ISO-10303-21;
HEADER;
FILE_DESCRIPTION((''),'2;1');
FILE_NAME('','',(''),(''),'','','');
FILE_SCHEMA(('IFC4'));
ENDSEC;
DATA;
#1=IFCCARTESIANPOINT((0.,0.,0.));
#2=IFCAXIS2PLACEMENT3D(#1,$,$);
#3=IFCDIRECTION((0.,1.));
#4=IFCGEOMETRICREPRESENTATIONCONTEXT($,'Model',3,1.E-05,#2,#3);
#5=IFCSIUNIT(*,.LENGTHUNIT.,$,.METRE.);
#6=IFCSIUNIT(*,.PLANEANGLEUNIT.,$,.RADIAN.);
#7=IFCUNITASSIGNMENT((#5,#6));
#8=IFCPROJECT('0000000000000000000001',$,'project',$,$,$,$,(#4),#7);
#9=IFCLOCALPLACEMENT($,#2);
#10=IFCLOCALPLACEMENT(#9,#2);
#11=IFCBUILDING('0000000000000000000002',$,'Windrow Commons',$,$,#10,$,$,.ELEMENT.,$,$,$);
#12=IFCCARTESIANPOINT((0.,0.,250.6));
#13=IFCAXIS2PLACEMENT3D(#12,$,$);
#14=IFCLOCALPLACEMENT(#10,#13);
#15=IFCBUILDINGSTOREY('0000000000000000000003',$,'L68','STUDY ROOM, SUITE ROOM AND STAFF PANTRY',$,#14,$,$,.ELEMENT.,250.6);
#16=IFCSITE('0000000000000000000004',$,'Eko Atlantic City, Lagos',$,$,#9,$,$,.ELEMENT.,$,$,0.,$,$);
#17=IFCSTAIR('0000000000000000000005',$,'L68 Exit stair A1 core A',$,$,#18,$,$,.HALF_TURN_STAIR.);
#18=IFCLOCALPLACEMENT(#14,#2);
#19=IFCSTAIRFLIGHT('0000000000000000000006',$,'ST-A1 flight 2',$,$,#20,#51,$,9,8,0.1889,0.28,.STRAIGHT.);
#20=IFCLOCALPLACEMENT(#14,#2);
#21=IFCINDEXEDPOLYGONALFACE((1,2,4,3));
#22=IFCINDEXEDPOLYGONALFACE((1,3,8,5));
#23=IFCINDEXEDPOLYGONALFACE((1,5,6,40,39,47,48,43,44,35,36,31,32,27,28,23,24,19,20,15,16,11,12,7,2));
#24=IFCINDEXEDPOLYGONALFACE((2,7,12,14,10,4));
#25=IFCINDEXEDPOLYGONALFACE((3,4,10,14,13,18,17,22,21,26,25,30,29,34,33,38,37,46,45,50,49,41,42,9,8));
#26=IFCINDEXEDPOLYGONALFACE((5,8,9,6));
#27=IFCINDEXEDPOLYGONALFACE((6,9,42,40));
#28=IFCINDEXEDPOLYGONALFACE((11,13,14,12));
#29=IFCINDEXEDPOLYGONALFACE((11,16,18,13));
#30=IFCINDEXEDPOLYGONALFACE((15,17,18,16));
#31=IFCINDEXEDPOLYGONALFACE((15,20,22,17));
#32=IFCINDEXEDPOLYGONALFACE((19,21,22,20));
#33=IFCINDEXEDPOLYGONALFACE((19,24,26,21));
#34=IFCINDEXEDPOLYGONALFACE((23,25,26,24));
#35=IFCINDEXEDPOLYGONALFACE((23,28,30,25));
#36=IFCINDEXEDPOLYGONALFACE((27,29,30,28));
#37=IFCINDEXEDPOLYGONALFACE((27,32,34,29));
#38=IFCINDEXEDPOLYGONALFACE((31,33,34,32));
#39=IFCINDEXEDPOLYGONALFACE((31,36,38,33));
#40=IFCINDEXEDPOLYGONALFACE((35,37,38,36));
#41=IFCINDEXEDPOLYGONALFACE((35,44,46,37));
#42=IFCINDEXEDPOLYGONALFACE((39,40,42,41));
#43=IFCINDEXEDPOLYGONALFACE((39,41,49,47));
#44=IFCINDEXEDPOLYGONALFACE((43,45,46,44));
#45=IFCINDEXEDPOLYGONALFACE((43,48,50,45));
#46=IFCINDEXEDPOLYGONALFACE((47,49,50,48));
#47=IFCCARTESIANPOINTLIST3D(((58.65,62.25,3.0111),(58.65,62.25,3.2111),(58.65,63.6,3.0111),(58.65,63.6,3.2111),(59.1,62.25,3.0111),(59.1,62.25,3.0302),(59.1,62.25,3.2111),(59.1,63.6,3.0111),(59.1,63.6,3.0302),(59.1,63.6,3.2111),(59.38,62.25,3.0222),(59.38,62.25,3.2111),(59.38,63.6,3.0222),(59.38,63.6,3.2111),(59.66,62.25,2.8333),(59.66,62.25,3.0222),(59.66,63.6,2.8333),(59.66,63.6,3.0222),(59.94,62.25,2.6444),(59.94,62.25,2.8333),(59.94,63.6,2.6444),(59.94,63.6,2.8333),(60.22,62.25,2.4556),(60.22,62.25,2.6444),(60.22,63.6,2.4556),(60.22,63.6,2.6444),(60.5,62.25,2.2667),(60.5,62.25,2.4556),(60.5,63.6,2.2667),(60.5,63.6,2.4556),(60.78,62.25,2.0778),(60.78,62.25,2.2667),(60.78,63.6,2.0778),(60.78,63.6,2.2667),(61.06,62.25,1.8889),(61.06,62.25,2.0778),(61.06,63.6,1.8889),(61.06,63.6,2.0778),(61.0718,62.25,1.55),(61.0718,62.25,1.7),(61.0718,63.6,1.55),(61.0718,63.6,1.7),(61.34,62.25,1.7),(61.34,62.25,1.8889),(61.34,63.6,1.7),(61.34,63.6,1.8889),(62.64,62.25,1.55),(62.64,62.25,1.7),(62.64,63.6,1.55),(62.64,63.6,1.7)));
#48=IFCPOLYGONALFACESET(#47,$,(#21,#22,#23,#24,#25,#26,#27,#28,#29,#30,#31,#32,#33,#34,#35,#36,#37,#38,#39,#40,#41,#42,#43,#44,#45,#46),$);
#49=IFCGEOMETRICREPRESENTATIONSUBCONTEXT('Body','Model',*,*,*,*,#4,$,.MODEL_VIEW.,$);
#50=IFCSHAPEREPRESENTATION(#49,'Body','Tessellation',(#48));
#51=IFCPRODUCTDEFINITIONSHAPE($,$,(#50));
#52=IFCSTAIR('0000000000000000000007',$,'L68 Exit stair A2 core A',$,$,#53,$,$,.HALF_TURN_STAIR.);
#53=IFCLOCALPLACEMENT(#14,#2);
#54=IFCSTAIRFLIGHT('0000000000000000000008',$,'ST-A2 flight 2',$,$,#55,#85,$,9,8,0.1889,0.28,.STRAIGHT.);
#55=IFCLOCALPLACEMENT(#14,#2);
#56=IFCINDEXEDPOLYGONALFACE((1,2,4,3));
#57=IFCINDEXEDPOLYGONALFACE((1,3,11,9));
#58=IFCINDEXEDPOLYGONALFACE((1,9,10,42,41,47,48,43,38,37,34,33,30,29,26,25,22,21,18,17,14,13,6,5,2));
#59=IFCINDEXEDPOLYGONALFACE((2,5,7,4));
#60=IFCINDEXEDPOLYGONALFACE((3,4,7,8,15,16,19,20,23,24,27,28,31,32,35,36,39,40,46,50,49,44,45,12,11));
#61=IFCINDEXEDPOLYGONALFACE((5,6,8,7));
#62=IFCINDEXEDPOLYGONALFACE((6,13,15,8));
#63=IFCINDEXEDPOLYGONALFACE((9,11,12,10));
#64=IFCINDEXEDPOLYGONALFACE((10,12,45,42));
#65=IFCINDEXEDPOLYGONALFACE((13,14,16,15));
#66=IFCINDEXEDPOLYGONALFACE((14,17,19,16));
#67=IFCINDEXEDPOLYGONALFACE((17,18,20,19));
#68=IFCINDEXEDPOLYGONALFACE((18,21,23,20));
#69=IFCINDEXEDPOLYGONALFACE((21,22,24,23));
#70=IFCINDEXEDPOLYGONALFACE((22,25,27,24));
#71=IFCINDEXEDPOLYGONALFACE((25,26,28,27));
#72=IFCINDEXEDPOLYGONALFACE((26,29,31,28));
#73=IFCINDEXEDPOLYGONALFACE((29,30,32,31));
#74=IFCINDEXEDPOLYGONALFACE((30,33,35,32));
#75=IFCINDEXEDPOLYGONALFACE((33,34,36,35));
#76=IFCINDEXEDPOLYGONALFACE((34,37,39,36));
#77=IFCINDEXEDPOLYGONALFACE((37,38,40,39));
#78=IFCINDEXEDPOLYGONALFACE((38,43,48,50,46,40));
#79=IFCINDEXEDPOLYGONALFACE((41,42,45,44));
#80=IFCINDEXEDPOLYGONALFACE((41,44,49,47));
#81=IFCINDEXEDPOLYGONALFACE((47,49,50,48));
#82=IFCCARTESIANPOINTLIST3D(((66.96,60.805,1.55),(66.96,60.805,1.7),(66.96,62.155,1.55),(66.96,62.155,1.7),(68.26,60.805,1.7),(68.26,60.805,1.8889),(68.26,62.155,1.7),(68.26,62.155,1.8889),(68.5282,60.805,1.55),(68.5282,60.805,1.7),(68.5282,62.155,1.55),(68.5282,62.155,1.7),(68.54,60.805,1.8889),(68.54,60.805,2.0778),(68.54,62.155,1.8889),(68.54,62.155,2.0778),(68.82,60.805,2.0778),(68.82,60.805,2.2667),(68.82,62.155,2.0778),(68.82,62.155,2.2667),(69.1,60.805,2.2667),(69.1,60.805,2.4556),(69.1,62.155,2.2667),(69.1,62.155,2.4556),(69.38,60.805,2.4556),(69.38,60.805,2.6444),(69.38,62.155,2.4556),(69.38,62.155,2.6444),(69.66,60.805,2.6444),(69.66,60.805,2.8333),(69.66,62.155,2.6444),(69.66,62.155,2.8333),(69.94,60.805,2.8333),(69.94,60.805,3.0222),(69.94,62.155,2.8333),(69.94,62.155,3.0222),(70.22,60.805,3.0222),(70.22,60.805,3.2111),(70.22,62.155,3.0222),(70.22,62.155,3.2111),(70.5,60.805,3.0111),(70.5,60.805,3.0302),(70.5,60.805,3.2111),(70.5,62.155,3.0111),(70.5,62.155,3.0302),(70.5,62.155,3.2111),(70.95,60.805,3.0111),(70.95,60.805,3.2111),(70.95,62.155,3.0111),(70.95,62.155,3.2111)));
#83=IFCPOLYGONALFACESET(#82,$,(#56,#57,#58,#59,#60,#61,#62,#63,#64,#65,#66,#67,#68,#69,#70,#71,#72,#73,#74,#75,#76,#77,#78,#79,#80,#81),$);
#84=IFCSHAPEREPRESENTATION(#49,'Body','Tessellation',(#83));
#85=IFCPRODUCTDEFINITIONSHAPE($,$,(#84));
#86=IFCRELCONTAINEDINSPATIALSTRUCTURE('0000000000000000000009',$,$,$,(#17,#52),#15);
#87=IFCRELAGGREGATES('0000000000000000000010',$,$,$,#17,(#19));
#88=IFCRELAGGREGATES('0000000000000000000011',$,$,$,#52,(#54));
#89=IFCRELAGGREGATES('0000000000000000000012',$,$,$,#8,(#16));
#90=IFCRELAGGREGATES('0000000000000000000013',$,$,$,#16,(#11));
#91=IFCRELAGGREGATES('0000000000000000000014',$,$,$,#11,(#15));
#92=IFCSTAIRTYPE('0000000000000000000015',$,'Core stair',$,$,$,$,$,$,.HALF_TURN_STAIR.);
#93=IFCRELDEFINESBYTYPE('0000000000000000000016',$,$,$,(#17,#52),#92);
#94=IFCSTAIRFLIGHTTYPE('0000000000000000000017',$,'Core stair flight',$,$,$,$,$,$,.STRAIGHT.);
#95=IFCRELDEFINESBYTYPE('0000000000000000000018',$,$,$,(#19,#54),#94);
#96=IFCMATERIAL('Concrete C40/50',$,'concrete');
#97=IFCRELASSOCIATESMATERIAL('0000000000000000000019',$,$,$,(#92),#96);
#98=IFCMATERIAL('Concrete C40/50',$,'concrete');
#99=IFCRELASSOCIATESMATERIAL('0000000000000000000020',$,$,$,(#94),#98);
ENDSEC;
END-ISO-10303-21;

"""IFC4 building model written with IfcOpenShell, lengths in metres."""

from ifc_helpers import new_model, si_unit, direction, frame, origin, place, context, subcontext, project, spatial, polyline, outline, extrude, material, type_object, element, aggregate, save


model = new_model("IFC4")

# Units and contexts
model_context = context("Model", 3, precision=1e-05, world=origin(), true_north=direction((0.0, 1.0)))
body_context = subcontext(model_context, "Body", "Model", "MODEL_VIEW")
ifc_project = project(units=[si_unit("LENGTHUNIT", "METRE"), si_unit("PLANEANGLEUNIT", "RADIAN")], contexts=[model_context])

# Site, building, storey
site_placement = place(None, origin())
site = spatial("IfcSite", under=ifc_project, at=site_placement, Name="Eko Atlantic City, Lagos", CompositionType="ELEMENT", RefElevation=0.0)
building_placement = place(site_placement, origin())
building = spatial("IfcBuilding", under=site, at=building_placement, Name="Windrow Commons", CompositionType="ELEMENT")
storey_placement = place(building_placement, frame((0.0, 0.0, 250.6)))
storey = spatial("IfcBuildingStorey", under=building, at=storey_placement, Name="L68", Description="STUDY ROOM, SUITE ROOM AND STAFF PANTRY", CompositionType="ELEMENT", Elevation=250.6)

# Stair, stair flight
ifc_material_1 = material(Name="Concrete C40/50", Category="concrete")
stair_type = type_object("IfcStairType", Name="Core stair", PredefinedType="HALF_TURN_STAIR", material=ifc_material_1)
placement = place(storey_placement, origin())
stair_1 = element("IfcStair", 1, at=placement, inside=storey, type_object=stair_type, Name="L68 Exit stair A1 core A", PredefinedType="HALF_TURN_STAIR")
ifc_material_2 = material(Name="Concrete C40/50", Category="concrete")
stair_flight_type = type_object("IfcStairFlightType", Name="Core stair flight", PredefinedType="STRAIGHT", material=ifc_material_2)
stair_flight_1_placement = place(storey_placement, frame((61.34, 62.925, 1.7), z_axis=(0.0, 0.0, 1.0), x_axis=(-1.0, 0.0, 0.0)))
stair_flight_1 = element("IfcStairFlight", 2, at=stair_flight_1_placement, type_object=stair_flight_type, Name="ST-A1 flight 2", NumberOfRisers=9, NumberOfTreads=8, PredefinedType="STRAIGHT", RiserHeight=0.1889, TreadLength=0.28, context=body_context, shape_type="SweptSolid", body=[
    extrude(outline(polyline([(-1.3, -0.15), (-1.3, 0.0), (0.0, 0.0), (0.0, 0.1889), (0.28, 0.1889), (0.28, 0.3778), (0.56, 0.3778), (0.56, 0.5667), (0.84, 0.5667), (0.84, 0.7556), (1.12, 0.7556), (1.12, 0.9444), (1.4, 0.9444), (1.4, 1.1333), (1.68, 1.1333), (1.68, 1.3222), (1.96, 1.3222), (1.96, 1.5111), (2.24, 1.5111), (2.69, 1.5111), (2.69, 1.3111), (2.24, 1.3111), (2.24, 1.3302), (0.2682, 0.0), (0.2682, -0.15), (-1.3, -0.15)])), frame((0.0, 0.675, 0.0), z_axis=(0.0, -1.0, 0.0), x_axis=(1.0, 0.0, 0.0)), (0.0, 0.0, 1.0), 1.35),
])
aggregate(stair_1, [stair_flight_1])

# Stair, stair flight
stair_2 = element("IfcStair", 3, at=placement, inside=storey, type_object=stair_type, Name="L68 Exit stair A2 core A", PredefinedType="HALF_TURN_STAIR")
stair_flight_2_placement = place(storey_placement, frame((68.26, 61.48, 1.7), z_axis=(0.0, 0.0, 1.0), x_axis=(1.0, 0.0, 0.0)))
stair_flight_2 = element("IfcStairFlight", 4, at=stair_flight_2_placement, type_object=stair_flight_type, Name="ST-A2 flight 2", NumberOfRisers=9, NumberOfTreads=8, PredefinedType="STRAIGHT", RiserHeight=0.1889, TreadLength=0.28, context=body_context, shape_type="SweptSolid", body=[
    extrude(outline(polyline([(-1.3, -0.15), (-1.3, 0.0), (0.0, 0.0), (0.0, 0.1889), (0.28, 0.1889), (0.28, 0.3778), (0.56, 0.3778), (0.56, 0.5667), (0.84, 0.5667), (0.84, 0.7556), (1.12, 0.7556), (1.12, 0.9444), (1.4, 0.9444), (1.4, 1.1333), (1.68, 1.1333), (1.68, 1.3222), (1.96, 1.3222), (1.96, 1.5111), (2.24, 1.5111), (2.69, 1.5111), (2.69, 1.3111), (2.24, 1.3111), (2.24, 1.3302), (0.2682, 0.0), (0.2682, -0.15), (-1.3, -0.15)])), frame((0.0, 0.675, 0.0), z_axis=(0.0, -1.0, 0.0), x_axis=(1.0, 0.0, 0.0)), (0.0, 0.0, 1.0), 1.35),
])
aggregate(stair_2, [stair_flight_2])

save(model, "model.ifc")
